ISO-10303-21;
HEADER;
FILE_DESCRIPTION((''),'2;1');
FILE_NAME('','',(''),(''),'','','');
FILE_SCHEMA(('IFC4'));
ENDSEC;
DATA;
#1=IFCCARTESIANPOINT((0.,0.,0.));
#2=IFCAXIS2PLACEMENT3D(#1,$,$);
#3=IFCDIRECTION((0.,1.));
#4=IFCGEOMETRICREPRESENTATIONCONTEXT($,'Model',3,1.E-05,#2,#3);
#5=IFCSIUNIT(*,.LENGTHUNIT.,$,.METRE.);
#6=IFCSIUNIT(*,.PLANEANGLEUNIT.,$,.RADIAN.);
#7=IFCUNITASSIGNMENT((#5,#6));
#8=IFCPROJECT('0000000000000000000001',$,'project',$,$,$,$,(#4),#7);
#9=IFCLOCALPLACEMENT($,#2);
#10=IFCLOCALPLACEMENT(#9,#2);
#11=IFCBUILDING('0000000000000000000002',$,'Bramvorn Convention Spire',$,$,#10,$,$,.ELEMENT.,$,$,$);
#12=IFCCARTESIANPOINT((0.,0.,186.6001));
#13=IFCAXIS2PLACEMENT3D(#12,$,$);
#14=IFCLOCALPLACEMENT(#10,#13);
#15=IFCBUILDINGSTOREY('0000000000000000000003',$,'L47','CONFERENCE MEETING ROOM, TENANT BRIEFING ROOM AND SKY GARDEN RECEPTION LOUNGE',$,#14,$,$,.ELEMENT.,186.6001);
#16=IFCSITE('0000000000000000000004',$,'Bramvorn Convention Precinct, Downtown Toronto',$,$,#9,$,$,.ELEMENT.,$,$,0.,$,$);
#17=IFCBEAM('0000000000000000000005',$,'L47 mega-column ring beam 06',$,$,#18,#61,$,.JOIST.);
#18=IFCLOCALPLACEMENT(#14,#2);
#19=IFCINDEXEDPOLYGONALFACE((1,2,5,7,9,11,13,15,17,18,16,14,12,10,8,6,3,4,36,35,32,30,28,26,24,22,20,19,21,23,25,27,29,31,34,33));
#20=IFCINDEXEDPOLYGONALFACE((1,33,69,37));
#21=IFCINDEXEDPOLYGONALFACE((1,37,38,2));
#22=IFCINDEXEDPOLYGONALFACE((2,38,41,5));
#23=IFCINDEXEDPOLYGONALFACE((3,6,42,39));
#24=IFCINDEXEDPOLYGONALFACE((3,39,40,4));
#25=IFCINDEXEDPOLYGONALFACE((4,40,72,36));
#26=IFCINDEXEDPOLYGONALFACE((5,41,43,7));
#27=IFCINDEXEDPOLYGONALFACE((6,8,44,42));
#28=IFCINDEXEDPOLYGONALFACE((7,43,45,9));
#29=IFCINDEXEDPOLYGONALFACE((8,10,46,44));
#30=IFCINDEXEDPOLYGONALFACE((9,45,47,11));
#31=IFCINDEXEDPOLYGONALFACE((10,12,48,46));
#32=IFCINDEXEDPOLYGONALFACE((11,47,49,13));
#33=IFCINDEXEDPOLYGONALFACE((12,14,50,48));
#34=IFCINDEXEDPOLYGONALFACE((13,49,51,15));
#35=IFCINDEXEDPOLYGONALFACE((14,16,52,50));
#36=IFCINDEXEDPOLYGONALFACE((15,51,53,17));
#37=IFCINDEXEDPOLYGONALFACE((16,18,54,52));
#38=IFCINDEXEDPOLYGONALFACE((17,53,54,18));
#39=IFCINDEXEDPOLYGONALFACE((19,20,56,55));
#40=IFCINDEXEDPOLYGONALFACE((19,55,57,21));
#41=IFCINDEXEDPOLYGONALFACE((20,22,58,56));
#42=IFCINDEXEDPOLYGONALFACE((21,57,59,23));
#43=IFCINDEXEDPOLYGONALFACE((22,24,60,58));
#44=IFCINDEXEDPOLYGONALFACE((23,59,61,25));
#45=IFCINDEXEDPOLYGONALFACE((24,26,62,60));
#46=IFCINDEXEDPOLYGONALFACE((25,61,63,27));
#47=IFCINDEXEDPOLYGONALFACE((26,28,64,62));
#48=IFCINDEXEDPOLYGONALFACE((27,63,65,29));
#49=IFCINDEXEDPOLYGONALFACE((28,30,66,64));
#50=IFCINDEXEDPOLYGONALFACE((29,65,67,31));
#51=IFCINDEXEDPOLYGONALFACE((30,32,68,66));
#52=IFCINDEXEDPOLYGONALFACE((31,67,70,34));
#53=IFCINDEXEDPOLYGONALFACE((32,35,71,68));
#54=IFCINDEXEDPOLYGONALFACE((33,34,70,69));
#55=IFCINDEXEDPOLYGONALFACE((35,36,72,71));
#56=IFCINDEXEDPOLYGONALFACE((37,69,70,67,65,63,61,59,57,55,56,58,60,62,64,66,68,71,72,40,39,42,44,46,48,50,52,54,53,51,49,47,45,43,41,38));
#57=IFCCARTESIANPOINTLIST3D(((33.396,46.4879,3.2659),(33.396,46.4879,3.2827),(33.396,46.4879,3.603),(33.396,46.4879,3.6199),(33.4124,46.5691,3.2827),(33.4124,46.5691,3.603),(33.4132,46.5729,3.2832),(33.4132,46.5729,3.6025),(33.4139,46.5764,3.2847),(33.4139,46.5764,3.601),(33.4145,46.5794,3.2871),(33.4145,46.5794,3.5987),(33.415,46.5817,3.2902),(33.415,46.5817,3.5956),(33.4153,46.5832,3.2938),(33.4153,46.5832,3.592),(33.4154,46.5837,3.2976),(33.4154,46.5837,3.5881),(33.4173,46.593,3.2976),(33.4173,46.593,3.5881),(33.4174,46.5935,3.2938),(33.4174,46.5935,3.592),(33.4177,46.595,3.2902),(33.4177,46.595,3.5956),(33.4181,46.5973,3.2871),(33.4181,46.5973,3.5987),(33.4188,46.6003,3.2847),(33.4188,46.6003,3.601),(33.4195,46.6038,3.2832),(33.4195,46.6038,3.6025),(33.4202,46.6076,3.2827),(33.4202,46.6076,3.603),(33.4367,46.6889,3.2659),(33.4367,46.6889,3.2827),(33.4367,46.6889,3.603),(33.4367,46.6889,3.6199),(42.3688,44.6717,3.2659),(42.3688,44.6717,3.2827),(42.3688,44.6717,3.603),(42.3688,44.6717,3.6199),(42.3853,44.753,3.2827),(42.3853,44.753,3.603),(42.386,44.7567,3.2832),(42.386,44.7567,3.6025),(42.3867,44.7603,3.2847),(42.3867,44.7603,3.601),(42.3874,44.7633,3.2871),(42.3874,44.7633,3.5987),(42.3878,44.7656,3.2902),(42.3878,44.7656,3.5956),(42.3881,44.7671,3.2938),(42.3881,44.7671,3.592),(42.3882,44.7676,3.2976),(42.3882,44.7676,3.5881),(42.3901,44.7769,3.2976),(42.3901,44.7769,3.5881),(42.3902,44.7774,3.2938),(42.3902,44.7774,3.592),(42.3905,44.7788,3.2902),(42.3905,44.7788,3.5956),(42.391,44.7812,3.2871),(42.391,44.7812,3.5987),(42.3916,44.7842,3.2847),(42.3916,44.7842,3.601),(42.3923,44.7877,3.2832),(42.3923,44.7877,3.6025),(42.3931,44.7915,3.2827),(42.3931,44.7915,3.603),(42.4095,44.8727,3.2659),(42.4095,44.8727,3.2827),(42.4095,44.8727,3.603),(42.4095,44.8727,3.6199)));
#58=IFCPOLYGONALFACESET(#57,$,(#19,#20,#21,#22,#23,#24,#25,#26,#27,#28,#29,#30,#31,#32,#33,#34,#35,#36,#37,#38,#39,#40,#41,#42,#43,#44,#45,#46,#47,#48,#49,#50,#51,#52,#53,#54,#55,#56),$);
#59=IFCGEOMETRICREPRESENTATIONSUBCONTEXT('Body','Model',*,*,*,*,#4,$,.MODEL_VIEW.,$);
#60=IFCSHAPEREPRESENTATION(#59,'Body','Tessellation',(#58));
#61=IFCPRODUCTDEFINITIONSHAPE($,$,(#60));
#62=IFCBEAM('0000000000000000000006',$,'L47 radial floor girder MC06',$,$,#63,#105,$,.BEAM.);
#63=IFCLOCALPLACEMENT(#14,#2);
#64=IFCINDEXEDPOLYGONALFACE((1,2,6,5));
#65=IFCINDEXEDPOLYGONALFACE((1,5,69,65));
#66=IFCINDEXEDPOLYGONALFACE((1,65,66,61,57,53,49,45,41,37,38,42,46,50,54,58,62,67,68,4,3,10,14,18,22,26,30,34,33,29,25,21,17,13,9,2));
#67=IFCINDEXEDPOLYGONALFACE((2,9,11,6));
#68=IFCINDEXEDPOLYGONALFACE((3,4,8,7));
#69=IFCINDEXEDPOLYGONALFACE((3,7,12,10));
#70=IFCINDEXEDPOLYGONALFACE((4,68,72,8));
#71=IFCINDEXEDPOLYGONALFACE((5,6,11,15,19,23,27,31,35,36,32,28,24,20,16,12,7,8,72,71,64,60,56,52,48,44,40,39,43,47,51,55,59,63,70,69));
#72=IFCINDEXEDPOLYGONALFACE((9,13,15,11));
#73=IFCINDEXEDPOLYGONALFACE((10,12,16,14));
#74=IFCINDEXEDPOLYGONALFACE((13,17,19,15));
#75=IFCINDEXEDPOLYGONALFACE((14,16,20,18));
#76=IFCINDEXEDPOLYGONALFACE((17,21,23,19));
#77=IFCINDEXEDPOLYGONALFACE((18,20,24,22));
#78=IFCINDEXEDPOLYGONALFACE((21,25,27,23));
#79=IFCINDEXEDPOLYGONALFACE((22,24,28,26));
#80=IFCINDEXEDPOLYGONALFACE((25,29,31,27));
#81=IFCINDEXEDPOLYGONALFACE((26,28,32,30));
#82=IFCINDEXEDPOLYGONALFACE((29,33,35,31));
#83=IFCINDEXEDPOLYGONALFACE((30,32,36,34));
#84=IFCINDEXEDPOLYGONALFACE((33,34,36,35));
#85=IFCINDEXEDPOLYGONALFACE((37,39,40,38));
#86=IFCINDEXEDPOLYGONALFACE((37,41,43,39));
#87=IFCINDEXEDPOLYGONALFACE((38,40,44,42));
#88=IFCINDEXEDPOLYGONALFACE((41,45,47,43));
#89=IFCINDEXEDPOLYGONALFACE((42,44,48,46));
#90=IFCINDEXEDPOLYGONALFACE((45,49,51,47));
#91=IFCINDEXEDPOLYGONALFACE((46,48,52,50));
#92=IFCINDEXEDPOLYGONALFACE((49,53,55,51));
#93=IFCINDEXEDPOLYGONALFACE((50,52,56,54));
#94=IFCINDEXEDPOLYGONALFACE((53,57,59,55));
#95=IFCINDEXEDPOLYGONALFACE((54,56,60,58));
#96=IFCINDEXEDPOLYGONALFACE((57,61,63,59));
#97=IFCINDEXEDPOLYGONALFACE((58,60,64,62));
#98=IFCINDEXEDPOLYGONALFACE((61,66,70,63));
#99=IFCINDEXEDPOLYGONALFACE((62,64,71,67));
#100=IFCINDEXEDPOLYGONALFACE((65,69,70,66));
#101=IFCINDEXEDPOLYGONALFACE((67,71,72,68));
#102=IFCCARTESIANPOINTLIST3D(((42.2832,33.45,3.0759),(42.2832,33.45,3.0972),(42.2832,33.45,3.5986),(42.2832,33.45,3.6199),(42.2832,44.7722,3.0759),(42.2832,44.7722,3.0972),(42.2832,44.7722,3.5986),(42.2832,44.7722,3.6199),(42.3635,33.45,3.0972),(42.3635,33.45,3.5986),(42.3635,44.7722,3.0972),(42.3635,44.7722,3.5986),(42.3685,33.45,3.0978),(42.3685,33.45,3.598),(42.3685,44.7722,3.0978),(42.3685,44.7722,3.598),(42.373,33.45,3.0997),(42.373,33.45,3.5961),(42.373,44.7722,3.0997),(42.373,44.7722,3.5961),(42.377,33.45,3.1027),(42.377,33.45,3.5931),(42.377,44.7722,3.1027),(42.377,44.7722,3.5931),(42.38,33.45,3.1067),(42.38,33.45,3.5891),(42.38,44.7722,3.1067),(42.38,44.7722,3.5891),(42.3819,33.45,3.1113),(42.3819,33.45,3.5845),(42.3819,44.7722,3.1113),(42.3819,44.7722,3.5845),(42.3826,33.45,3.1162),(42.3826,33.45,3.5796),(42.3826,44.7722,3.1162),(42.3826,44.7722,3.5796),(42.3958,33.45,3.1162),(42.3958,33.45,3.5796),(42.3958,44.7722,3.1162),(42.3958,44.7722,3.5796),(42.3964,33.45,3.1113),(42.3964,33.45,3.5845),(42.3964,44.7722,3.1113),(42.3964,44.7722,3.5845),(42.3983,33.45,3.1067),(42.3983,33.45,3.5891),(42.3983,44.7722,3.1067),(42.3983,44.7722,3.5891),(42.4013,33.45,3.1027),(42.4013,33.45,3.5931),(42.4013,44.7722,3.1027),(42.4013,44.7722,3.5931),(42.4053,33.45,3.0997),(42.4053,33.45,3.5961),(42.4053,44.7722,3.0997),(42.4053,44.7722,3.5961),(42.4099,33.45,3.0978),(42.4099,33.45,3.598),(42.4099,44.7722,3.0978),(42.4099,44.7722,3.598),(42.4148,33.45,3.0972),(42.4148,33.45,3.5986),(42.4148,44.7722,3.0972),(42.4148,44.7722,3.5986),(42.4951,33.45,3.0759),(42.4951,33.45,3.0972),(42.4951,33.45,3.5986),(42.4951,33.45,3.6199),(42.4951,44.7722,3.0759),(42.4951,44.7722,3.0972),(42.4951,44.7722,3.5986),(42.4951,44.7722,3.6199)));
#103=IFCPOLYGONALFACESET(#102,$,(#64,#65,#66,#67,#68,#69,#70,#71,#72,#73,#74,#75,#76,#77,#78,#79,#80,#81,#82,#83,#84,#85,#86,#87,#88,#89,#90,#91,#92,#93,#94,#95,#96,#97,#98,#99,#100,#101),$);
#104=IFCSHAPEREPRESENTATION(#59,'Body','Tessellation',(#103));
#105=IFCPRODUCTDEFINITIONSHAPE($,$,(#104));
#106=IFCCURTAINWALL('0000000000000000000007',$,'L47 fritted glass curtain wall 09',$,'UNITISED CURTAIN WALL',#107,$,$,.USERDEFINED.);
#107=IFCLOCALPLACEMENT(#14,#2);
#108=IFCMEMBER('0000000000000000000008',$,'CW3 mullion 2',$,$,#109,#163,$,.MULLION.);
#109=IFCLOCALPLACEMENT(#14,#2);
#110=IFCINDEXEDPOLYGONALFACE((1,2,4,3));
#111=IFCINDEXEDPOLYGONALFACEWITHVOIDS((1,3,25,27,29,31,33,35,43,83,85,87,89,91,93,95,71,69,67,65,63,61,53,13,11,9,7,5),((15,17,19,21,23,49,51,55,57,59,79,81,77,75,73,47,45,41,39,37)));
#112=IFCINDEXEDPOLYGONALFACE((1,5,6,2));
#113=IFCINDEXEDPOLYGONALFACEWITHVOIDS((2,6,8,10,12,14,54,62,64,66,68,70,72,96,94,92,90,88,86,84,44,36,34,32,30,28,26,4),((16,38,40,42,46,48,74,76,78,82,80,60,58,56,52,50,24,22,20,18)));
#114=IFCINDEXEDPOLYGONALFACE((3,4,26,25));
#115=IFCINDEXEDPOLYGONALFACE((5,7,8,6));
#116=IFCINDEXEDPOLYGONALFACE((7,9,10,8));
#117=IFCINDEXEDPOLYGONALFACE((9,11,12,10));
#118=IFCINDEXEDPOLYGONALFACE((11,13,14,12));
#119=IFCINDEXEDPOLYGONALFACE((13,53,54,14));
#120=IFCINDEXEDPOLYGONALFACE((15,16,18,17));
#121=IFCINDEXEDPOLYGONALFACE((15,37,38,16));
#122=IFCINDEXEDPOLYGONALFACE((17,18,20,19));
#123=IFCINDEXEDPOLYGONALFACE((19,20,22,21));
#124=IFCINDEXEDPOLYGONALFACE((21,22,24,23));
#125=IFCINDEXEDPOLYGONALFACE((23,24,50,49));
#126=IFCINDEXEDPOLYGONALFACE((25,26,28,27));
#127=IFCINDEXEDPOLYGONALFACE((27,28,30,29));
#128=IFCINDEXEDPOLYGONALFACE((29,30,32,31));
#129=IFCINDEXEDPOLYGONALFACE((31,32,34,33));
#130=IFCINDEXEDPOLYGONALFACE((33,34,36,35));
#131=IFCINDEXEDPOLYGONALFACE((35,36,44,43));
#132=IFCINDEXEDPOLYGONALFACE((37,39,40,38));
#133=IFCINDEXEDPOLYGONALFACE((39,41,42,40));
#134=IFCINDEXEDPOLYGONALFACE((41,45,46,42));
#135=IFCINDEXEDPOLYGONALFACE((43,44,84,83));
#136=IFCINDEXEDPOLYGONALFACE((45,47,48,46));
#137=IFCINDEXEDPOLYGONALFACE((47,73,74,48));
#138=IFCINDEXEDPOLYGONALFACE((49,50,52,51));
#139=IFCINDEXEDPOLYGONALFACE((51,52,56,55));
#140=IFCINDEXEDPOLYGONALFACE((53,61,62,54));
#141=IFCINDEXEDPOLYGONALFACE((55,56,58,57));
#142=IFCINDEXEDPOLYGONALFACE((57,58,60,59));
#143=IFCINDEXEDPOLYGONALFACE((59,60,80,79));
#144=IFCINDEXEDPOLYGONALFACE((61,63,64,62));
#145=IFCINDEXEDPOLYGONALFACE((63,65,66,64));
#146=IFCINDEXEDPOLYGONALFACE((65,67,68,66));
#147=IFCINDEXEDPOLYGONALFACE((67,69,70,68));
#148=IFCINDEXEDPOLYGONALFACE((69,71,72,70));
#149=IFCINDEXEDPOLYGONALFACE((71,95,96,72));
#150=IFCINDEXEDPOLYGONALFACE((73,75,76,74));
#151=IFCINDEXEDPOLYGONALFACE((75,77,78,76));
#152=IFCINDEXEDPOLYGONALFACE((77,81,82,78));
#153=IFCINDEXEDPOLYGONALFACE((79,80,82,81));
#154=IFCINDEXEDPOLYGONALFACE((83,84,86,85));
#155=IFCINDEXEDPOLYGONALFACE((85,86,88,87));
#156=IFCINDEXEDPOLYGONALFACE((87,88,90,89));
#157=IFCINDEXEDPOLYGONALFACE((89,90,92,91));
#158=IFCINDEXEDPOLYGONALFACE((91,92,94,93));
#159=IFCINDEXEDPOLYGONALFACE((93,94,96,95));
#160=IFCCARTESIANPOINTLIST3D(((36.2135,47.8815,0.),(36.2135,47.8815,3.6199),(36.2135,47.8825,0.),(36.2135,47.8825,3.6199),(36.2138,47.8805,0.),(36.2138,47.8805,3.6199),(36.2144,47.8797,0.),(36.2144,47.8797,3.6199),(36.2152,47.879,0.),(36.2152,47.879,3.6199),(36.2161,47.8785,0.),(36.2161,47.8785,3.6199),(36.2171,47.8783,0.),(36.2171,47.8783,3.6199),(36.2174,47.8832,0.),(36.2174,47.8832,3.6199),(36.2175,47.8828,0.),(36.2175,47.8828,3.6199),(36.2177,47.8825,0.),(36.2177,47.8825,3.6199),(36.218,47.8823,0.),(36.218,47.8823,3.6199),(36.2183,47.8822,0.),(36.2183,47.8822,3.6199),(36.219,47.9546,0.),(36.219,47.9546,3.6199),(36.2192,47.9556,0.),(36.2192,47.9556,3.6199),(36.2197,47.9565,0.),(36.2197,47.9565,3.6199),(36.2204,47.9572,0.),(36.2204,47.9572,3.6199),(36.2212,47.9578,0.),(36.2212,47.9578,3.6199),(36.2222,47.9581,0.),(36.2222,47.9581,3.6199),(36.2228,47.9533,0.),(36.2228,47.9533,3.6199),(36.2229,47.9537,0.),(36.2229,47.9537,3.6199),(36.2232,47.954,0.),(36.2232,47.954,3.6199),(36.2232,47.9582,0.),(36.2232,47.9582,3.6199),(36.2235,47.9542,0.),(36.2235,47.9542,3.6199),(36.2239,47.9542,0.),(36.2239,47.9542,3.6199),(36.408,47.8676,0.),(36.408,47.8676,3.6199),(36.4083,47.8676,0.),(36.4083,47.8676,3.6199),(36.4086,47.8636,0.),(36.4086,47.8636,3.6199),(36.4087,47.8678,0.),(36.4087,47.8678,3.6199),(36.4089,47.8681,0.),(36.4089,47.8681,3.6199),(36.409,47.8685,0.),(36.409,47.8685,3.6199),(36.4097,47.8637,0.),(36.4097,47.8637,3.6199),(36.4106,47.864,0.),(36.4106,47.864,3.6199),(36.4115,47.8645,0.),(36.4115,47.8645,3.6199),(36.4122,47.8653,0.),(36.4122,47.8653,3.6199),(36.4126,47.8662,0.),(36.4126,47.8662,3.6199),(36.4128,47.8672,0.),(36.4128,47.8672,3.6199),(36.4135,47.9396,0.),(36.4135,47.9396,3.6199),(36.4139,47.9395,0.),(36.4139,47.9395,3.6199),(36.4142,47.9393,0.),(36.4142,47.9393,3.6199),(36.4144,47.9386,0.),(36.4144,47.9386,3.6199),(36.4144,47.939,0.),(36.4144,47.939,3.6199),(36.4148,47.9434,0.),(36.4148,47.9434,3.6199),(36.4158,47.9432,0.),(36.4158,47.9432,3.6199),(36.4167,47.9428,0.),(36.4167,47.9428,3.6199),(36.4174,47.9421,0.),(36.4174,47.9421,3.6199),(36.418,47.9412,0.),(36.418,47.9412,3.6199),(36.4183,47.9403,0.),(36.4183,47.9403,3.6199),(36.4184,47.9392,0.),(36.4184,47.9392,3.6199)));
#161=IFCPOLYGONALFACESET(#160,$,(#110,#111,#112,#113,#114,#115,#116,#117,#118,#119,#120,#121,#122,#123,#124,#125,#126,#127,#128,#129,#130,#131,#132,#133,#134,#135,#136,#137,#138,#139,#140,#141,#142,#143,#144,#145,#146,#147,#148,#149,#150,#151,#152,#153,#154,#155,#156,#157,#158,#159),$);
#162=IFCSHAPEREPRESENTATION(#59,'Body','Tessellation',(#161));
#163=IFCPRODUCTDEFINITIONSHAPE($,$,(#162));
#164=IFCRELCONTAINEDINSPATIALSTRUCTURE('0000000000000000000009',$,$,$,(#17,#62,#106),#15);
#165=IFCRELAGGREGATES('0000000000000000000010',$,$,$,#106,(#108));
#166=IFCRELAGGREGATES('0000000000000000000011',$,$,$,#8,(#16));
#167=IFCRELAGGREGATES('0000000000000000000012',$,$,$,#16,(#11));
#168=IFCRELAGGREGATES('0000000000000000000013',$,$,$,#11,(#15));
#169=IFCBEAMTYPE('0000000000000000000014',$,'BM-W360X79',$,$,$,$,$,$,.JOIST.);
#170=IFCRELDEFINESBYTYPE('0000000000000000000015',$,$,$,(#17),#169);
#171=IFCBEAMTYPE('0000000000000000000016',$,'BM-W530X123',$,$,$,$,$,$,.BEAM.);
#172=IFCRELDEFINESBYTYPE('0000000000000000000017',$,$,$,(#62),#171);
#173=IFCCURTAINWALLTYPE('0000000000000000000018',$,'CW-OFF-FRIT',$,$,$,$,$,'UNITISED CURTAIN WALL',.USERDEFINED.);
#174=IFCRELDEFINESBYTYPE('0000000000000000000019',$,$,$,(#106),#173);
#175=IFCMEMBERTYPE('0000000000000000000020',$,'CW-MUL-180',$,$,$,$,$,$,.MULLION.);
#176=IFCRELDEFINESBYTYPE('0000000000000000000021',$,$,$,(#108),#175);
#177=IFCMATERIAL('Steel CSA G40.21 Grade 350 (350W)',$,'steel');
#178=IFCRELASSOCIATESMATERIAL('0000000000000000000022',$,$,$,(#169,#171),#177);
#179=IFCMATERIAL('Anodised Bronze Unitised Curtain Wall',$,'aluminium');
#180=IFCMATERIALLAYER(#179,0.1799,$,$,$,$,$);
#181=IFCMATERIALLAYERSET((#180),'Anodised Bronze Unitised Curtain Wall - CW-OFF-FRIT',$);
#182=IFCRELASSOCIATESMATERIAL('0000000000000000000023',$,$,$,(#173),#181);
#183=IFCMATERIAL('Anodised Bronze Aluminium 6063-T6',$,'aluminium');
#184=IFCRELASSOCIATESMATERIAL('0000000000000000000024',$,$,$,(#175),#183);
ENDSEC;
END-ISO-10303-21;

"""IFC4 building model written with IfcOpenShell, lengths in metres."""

from ifc_helpers import new_model, si_unit, direction, frame, origin, origin_2d, place, context, subcontext, project, spatial, hollow_rectangle, i_section, extrude, material, layer, layer_set, material_profile, profile_set, type_object, element, aggregate, save


model = new_model("IFC4")

# Units and contexts
model_context = context("Model", 3, precision=1e-05, world=origin(), true_north=direction((0.0, 1.0)))
body_context = subcontext(model_context, "Body", "Model", "MODEL_VIEW")
ifc_project = project(units=[si_unit("LENGTHUNIT", "METRE"), si_unit("PLANEANGLEUNIT", "RADIAN")], contexts=[model_context])

# Site, building, storey
site_placement = place(None, origin())
site = spatial("IfcSite", under=ifc_project, at=site_placement, Name="Bramvorn Convention Precinct, Downtown Toronto", CompositionType="ELEMENT", RefElevation=0.0)
building_placement = place(site_placement, origin())
building = spatial("IfcBuilding", under=site, at=building_placement, Name="Bramvorn Convention Spire", CompositionType="ELEMENT")
storey_placement = place(building_placement, frame((0.0, 0.0, 186.6001)))
storey = spatial("IfcBuildingStorey", under=building, at=storey_placement, Name="L47", Description="CONFERENCE MEETING ROOM, TENANT BRIEFING ROOM AND SKY GARDEN RECEPTION LOUNGE", CompositionType="ELEMENT", Elevation=186.6001)

# Shared definitions
ifc_material_1 = material(Name="Steel CSA G40.21 Grade 350 (350W)", Category="steel")

# Beams
ifc_material_profile_1 = material_profile(ifc_material_1, i_section(OverallWidth=0.2051, OverallDepth=0.354, WebThickness=0.0095, FlangeThickness=0.0168, FilletRadius=0.0149, at=origin_2d()))
ifc_profile_set_1 = profile_set([ifc_material_profile_1], Name="Steel CSA G40.21 Grade 350 (350W) - W360X79")
beam_type_1 = type_object("IfcBeamType", Name="BM-W360X79", PredefinedType="JOIST", material=ifc_profile_set_1)
beam_1_placement = place(storey_placement, frame((42.3892, 44.7722, 3.4429), z_axis=(-0.980125, 0.198382, 0.0), x_axis=(-0.198382, -0.980125, 0.0)))
element("IfcBeam", 1, at=beam_1_placement, inside=storey, type_object=beam_type_1, Name="L47 mega-column ring beam 06", PredefinedType="JOIST", context=body_context, shape_type="SweptSolid", body=[
    extrude(i_section(OverallWidth=0.2051, OverallDepth=0.354, WebThickness=0.0095, FlangeThickness=0.0168, FilletRadius=0.0149, at=origin_2d()), origin(), (0.0, 0.0, 1.0), 9.1548),
])
ifc_material_profile_2 = material_profile(ifc_material_1, i_section(OverallWidth=0.2119, OverallDepth=0.5439, WebThickness=0.0132, FlangeThickness=0.0212, FilletRadius=0.019, at=origin_2d()))
ifc_profile_set_2 = profile_set([ifc_material_profile_2], Name="Steel CSA G40.21 Grade 350 (350W) - W530X123")
beam_type_2 = type_object("IfcBeamType", Name="BM-W530X123", PredefinedType="BEAM", material=ifc_profile_set_2)
beam_2_placement = place(storey_placement, frame((42.3892, 33.45, 3.3479), z_axis=(0.0, 1.0, 0.0), x_axis=(-1.0, 0.0, 0.0)))
element("IfcBeam", 2, at=beam_2_placement, inside=storey, type_object=beam_type_2, Name="L47 radial floor girder MC06", PredefinedType="BEAM", context=body_context, shape_type="SweptSolid", body=[
    extrude(i_section(OverallWidth=0.2119, OverallDepth=0.5439, WebThickness=0.0132, FlangeThickness=0.0212, FilletRadius=0.019, at=origin_2d()), origin(), (0.0, 0.0, 1.0), 11.3223),
])

# Curtain wall, member
ifc_material_2 = material(Name="Anodised Bronze Unitised Curtain Wall", Category="aluminium")
ifc_layer_1 = layer(ifc_material_2, 0.1799)
ifc_layer_set_1 = layer_set([ifc_layer_1], Name="Anodised Bronze Unitised Curtain Wall - CW-OFF-FRIT")
curtain_wall_type = type_object("IfcCurtainWallType", Name="CW-OFF-FRIT", ElementType="UNITISED CURTAIN WALL", PredefinedType="USERDEFINED", material=ifc_layer_set_1)
curtain_wall_placement = place(storey_placement, origin())
curtain_wall = element("IfcCurtainWall", 3, at=curtain_wall_placement, inside=storey, type_object=curtain_wall_type, Name="L47 fritted glass curtain wall 09", ObjectType="UNITISED CURTAIN WALL", PredefinedType="USERDEFINED")
ifc_material_3 = material(Name="Anodised Bronze Aluminium 6063-T6", Category="aluminium")
ifc_material_profile_3 = material_profile(ifc_material_3, hollow_rectangle(XDim=0.0801, YDim=0.2, WallThickness=0.0039, InnerFilletRadius=0.001, OuterFilletRadius=0.0039, at=origin_2d()))
ifc_profile_set_3 = profile_set([ifc_material_profile_3], Name="Anodised Bronze Aluminium 6063-T6 - CWM80X200")
member_type_1 = type_object("IfcMemberType", Name="CW-MUL-180", PredefinedType="MULLION", material=ifc_profile_set_3)
member_1_placement = place(storey_placement, frame((36.3159, 47.9109, 0.0), z_axis=(0.0, 0.0, 1.0), x_axis=(0.076675, 0.997056, 0.0)))
member_1 = element("IfcMember", 4, at=member_1_placement, type_object=member_type_1, Name="CW3 mullion 2", PredefinedType="MULLION", context=body_context, shape_type="SweptSolid", body=[
    extrude(hollow_rectangle(XDim=0.0801, YDim=0.2, WallThickness=0.0039, InnerFilletRadius=0.001, OuterFilletRadius=0.0039, at=origin_2d()), origin(), (0.0, 0.0, 1.0), 3.6199),
])
aggregate(curtain_wall, [member_1])

save(model, "model.ifc")
